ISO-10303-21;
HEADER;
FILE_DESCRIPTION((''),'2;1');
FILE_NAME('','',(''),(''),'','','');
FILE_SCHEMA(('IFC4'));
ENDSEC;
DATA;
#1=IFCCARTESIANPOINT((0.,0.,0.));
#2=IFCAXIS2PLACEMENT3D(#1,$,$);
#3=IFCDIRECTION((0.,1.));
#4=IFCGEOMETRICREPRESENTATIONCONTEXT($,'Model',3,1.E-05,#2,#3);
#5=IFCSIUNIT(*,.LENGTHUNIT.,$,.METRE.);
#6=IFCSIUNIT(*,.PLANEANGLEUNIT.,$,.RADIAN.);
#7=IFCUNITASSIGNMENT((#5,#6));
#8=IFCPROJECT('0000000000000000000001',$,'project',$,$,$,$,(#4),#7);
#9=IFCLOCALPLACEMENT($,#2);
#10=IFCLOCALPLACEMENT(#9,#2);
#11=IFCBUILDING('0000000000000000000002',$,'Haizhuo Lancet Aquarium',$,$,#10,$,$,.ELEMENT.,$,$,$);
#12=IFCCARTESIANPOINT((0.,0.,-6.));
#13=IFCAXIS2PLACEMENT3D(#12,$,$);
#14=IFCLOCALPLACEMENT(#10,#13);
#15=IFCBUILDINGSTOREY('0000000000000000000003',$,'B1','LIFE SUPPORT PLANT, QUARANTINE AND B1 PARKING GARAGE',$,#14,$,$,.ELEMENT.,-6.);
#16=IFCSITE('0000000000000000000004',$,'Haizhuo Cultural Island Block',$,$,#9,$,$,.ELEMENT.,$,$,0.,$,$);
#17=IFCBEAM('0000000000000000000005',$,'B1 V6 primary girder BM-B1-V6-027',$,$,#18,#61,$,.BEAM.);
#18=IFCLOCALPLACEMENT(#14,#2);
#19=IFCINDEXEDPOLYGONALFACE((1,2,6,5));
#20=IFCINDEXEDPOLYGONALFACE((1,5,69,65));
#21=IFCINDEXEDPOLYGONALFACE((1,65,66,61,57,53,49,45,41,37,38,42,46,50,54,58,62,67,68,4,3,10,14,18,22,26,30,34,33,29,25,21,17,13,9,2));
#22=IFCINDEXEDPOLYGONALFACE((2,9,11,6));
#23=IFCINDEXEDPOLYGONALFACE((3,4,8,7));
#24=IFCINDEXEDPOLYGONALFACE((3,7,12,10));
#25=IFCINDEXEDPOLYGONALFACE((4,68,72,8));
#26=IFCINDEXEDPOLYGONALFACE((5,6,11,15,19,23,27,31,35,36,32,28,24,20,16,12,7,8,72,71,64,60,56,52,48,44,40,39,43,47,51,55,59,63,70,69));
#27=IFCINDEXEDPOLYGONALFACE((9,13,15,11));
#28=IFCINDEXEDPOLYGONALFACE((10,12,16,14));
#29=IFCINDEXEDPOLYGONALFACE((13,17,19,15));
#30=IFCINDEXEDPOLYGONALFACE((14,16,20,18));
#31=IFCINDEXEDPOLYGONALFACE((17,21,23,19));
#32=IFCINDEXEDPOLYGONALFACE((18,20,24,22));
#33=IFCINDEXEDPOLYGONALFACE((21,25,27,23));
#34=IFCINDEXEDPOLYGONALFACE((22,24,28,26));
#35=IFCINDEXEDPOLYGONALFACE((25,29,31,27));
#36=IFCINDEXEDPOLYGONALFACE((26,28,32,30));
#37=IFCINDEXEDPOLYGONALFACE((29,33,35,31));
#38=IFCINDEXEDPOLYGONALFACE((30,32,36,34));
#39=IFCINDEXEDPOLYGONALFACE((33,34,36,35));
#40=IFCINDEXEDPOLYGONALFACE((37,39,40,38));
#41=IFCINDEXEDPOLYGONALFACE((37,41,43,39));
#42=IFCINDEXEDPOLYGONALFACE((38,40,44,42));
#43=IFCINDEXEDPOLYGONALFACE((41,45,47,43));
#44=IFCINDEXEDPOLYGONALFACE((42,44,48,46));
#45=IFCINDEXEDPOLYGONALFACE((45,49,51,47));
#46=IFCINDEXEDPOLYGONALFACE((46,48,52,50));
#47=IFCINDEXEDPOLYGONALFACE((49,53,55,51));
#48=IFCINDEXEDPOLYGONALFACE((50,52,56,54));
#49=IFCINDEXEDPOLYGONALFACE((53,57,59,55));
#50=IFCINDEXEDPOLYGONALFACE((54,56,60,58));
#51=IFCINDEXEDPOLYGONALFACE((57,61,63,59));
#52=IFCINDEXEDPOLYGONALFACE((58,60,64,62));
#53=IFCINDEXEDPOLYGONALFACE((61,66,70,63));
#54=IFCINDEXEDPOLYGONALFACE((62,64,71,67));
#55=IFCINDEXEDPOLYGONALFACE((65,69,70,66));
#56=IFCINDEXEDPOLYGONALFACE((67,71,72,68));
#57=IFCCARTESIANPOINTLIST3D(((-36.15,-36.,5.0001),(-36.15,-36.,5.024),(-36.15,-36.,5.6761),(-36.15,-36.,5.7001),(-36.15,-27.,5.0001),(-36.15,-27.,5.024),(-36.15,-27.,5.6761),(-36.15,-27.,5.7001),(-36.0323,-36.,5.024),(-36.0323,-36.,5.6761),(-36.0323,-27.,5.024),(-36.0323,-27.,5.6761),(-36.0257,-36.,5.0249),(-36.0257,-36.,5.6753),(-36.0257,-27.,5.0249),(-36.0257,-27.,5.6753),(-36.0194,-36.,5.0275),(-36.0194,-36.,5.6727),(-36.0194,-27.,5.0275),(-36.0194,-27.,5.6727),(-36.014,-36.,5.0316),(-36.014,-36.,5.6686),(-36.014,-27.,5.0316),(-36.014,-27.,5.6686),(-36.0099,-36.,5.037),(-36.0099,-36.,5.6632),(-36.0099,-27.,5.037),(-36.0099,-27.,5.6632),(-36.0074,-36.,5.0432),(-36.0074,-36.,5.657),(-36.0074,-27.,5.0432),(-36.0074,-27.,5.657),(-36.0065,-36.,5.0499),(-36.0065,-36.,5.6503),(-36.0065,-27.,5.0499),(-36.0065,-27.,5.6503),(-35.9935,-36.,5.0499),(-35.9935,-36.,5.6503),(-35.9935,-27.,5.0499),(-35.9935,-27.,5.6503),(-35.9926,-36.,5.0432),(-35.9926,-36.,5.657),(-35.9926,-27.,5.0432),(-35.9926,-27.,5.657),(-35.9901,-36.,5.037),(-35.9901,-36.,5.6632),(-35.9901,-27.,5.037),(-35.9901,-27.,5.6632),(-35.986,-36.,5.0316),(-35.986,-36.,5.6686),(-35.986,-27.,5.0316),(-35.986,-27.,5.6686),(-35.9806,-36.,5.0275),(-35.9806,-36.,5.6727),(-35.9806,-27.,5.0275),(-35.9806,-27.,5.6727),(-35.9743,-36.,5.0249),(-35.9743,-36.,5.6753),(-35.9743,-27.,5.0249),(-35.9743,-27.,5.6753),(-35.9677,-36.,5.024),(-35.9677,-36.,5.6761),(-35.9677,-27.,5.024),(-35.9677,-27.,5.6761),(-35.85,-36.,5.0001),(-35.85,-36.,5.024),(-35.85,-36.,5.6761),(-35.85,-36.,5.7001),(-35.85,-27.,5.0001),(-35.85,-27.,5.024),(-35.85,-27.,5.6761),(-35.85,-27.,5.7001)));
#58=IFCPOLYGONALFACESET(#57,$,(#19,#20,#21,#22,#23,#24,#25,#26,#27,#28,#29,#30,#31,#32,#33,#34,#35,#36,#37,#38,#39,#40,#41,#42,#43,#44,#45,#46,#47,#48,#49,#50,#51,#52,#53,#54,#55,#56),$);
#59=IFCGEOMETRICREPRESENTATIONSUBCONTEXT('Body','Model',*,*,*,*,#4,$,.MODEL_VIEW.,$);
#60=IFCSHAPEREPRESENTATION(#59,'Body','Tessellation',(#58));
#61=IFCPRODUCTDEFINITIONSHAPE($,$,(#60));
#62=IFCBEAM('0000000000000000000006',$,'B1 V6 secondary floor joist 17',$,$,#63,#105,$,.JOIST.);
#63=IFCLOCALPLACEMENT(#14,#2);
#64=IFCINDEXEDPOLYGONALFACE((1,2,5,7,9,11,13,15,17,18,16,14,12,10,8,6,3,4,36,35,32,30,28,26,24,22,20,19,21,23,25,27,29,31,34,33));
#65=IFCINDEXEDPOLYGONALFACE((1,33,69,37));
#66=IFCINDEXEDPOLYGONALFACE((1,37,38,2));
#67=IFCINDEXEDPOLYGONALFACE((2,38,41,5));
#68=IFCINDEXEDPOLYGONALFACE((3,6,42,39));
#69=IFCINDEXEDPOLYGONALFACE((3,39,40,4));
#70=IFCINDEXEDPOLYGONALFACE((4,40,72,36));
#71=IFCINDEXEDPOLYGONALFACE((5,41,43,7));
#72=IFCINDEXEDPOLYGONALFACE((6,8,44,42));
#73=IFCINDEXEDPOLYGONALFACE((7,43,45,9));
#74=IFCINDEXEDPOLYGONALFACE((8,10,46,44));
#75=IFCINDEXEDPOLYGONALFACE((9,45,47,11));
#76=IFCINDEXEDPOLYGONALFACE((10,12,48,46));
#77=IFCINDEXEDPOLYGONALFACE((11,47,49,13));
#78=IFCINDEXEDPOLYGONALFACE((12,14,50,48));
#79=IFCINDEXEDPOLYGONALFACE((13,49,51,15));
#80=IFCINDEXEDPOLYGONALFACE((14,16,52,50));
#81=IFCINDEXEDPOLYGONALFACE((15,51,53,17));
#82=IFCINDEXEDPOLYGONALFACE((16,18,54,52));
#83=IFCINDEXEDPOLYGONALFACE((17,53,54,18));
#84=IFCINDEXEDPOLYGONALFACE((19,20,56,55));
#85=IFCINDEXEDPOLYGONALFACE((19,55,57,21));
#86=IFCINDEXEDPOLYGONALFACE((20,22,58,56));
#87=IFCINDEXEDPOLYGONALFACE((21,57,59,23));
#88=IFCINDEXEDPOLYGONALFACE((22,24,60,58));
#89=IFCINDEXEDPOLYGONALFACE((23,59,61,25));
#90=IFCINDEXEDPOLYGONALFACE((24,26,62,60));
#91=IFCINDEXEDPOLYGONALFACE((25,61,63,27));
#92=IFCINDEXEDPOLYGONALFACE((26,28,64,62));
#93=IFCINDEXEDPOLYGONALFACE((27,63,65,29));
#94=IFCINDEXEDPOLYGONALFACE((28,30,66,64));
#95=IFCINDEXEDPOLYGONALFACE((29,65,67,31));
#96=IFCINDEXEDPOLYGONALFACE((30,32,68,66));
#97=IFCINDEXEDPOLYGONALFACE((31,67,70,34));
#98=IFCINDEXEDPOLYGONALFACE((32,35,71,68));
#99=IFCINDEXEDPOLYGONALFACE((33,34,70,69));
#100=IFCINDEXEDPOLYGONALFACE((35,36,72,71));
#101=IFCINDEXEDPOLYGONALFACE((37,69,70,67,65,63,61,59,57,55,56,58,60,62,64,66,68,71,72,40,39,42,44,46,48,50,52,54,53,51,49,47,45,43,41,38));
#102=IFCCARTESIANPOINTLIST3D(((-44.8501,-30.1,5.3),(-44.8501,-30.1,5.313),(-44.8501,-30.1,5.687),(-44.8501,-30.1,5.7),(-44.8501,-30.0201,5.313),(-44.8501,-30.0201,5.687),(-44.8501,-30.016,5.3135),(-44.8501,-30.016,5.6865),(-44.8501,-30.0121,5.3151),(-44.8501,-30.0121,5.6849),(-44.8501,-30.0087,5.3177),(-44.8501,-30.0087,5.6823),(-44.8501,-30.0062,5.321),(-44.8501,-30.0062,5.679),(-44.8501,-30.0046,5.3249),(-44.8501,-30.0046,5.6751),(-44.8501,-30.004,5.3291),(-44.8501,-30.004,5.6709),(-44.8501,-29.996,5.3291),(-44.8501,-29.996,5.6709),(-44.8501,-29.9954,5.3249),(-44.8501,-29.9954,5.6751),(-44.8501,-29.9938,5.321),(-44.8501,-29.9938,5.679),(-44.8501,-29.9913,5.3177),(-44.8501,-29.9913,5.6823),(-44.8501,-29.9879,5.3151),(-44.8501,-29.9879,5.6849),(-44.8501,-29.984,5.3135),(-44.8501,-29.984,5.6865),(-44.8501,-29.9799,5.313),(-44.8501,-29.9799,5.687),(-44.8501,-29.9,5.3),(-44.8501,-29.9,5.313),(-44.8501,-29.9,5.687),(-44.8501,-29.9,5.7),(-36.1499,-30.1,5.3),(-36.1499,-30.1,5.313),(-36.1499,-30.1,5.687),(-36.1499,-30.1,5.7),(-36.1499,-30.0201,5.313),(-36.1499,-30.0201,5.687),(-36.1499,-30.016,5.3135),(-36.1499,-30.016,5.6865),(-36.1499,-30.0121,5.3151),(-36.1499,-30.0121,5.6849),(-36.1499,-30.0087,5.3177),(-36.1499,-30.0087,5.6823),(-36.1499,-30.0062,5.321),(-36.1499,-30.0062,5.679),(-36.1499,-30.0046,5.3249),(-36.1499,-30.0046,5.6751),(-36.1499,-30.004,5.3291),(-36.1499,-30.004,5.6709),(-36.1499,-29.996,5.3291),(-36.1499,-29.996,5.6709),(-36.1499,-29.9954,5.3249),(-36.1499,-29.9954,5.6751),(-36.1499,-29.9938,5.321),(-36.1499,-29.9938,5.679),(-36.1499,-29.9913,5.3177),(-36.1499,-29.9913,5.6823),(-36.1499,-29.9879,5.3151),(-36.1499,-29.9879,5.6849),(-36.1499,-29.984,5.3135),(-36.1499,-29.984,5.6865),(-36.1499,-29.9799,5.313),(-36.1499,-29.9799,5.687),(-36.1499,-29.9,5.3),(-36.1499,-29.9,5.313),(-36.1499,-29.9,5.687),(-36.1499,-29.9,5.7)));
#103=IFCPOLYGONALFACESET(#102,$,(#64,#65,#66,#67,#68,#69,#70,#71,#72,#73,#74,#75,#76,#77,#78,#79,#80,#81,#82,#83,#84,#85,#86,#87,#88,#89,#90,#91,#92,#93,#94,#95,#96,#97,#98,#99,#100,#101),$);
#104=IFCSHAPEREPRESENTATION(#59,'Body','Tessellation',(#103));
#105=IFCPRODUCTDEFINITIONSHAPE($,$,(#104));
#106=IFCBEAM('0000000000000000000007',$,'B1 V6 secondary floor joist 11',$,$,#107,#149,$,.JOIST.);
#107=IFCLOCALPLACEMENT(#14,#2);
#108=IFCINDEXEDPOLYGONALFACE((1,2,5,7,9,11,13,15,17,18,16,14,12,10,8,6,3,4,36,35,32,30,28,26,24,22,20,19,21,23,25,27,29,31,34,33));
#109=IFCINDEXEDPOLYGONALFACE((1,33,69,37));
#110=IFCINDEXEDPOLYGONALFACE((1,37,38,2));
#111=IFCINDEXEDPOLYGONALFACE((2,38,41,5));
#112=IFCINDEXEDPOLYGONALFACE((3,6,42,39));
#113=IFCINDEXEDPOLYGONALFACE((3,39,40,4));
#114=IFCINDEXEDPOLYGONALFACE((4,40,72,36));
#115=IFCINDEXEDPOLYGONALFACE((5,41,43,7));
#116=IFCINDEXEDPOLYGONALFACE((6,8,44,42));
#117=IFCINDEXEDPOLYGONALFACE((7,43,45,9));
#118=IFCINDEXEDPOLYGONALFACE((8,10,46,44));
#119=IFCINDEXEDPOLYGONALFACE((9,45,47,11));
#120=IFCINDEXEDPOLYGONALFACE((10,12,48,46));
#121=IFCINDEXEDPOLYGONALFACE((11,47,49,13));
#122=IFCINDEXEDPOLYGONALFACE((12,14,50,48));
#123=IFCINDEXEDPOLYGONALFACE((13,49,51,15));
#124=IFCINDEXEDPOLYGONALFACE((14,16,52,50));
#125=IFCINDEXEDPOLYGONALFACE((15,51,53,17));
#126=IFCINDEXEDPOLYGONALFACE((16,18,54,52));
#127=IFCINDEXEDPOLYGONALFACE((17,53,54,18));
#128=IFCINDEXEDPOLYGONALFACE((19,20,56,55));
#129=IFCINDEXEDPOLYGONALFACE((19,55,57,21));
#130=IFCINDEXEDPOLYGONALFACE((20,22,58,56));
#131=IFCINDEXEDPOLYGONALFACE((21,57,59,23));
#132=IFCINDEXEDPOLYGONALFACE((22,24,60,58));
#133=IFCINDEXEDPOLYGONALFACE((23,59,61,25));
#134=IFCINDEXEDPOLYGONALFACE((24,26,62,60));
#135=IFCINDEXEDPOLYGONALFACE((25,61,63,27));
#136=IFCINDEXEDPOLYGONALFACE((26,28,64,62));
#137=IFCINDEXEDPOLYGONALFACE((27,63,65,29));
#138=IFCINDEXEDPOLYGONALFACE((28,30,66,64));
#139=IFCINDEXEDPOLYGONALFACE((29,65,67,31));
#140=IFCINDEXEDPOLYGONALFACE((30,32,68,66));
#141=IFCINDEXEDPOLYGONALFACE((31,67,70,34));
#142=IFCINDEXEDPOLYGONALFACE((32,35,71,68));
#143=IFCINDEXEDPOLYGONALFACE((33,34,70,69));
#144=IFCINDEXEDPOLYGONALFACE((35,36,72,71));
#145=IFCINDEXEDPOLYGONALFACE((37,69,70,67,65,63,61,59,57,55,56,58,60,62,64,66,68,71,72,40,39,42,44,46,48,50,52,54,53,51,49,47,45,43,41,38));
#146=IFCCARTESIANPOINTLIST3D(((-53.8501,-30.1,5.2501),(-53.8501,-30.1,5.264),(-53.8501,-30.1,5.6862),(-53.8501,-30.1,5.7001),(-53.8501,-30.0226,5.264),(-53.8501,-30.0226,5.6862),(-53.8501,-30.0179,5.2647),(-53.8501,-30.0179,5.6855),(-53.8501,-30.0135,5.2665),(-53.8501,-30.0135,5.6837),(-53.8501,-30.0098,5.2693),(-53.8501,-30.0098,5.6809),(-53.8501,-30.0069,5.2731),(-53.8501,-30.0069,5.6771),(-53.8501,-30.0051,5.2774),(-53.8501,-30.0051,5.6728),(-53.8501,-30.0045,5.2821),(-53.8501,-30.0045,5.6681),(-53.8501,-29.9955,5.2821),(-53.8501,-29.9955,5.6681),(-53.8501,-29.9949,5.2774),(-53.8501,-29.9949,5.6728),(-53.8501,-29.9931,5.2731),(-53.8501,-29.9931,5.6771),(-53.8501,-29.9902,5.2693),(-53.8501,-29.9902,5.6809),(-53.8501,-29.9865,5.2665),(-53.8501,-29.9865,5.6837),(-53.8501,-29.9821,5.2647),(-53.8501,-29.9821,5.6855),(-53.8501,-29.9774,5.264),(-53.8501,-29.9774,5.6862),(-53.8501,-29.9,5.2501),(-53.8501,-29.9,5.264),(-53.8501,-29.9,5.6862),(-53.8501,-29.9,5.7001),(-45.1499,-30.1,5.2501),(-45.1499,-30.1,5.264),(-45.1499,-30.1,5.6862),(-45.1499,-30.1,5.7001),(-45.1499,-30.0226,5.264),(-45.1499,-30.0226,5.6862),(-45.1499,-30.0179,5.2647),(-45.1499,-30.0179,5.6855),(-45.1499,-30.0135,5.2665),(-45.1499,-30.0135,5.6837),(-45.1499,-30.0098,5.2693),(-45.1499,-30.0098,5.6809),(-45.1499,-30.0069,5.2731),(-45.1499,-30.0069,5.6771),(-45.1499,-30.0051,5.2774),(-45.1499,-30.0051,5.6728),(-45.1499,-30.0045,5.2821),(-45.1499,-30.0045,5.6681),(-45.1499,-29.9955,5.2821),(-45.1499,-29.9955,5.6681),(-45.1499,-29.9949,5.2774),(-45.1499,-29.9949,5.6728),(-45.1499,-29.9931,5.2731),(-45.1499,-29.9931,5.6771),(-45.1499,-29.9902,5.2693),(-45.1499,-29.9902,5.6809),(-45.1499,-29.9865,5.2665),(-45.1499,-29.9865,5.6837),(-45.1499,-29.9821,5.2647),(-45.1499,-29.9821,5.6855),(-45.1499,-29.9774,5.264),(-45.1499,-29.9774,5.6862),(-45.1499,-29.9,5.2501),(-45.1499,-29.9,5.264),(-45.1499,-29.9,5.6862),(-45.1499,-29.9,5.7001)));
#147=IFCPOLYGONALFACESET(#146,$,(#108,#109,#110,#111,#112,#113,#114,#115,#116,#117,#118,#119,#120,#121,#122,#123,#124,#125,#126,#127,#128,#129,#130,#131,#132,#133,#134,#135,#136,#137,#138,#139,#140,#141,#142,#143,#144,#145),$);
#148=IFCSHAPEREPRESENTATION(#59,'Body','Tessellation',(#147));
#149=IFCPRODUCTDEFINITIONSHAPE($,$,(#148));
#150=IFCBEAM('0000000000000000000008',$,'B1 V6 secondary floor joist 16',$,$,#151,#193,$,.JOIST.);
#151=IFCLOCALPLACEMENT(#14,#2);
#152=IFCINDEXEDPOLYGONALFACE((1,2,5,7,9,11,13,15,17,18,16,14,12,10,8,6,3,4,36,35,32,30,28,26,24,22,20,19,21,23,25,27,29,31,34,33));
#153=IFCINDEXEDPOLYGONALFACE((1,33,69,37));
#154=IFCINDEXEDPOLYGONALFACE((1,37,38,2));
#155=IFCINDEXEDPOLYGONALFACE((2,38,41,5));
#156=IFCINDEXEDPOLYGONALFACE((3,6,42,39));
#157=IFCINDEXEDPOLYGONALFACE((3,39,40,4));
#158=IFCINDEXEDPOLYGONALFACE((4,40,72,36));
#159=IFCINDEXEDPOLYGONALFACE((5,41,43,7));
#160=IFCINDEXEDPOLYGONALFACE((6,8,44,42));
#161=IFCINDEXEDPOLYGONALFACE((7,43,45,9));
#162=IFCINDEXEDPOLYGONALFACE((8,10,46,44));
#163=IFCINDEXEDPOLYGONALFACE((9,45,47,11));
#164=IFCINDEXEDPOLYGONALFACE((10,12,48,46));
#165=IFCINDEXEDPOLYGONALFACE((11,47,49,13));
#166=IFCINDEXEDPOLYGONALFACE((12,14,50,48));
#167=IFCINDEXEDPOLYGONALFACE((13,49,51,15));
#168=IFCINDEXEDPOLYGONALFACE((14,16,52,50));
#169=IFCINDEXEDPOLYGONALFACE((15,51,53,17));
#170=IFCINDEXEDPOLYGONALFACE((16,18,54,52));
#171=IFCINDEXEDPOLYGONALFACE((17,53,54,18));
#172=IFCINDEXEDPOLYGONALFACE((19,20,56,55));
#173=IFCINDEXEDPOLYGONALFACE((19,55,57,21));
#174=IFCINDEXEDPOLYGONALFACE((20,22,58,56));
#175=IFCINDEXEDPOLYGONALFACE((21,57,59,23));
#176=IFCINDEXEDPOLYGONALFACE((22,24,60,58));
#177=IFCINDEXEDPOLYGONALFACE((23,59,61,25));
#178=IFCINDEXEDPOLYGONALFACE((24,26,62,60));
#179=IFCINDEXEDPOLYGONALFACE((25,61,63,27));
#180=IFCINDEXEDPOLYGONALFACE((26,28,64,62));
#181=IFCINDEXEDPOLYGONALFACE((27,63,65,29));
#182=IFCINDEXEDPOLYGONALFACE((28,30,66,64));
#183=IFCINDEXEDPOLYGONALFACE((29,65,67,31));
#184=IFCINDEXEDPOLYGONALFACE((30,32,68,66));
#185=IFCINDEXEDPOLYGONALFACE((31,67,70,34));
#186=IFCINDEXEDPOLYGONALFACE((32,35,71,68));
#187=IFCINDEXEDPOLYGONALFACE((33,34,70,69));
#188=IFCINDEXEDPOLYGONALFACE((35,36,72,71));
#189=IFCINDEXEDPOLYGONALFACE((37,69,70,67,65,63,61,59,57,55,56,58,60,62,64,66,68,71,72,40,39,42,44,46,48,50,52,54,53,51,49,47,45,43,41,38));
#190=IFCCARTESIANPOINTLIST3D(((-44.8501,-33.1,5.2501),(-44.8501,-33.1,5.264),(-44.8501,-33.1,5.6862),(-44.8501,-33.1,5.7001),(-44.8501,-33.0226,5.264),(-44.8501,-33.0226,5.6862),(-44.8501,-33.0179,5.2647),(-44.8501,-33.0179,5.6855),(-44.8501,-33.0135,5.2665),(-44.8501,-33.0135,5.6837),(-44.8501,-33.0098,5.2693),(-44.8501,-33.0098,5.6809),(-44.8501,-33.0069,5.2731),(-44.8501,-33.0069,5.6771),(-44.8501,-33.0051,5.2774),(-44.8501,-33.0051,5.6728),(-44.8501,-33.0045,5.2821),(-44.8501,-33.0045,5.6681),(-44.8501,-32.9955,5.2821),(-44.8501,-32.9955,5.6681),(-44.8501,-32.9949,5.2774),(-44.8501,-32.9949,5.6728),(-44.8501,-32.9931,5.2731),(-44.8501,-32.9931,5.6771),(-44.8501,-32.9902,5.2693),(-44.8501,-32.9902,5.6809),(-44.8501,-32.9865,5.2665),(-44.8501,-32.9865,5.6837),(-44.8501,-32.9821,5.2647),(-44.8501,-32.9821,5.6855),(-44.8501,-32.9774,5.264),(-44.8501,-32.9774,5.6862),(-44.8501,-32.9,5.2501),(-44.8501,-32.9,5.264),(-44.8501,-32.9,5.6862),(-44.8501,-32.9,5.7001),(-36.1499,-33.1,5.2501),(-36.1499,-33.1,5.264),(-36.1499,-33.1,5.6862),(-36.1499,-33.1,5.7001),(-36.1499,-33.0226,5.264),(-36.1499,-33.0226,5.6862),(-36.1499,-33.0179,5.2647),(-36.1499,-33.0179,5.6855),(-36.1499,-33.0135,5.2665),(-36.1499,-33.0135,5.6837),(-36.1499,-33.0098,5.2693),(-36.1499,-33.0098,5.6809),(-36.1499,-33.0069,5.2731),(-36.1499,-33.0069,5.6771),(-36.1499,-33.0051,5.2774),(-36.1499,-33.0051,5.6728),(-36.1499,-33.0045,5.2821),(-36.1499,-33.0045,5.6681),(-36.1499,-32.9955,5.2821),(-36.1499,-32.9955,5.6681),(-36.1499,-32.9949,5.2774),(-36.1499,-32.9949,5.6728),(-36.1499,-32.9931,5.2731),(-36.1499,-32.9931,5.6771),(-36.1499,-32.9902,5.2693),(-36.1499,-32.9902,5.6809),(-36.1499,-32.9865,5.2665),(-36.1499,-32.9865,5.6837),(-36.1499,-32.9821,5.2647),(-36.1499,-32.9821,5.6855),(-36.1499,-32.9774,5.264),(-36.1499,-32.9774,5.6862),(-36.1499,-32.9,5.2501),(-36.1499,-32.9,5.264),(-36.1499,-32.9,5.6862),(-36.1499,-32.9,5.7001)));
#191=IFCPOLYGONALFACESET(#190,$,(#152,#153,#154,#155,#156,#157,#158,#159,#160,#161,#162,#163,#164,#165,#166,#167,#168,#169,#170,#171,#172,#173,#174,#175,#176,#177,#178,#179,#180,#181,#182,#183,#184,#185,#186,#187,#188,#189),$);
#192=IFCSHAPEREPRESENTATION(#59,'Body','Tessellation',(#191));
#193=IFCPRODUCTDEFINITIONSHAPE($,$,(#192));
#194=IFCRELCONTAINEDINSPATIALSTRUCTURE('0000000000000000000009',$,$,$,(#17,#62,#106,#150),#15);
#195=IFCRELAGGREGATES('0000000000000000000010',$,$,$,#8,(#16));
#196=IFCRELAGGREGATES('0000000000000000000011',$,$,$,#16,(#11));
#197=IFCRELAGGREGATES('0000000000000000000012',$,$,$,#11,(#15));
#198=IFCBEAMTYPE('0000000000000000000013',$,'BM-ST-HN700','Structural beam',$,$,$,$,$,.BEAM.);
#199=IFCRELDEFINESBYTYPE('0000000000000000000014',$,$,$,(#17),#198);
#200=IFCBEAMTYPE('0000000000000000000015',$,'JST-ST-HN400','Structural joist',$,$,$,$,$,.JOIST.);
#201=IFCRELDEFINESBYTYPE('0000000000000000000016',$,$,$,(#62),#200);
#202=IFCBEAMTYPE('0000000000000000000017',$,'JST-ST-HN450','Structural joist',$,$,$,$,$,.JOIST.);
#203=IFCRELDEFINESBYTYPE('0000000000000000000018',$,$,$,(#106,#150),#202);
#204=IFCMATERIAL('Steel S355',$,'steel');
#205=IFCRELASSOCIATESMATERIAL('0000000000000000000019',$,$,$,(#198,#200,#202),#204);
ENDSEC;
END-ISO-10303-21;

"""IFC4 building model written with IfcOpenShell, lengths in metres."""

from ifc_helpers import new_model, si_unit, direction, frame, origin, origin_2d, place, context, subcontext, project, spatial, i_section, extrude, material, material_profile, profile_set, type_object, element, save


model = new_model("IFC4")

# Units and contexts
model_context = context("Model", 3, precision=1e-05, world=origin(), true_north=direction((0.0, 1.0)))
body_context = subcontext(model_context, "Body", "Model", "MODEL_VIEW")
ifc_project = project(units=[si_unit("LENGTHUNIT", "METRE"), si_unit("PLANEANGLEUNIT", "RADIAN")], contexts=[model_context])

# Site, building, storey
site_placement = place(None, origin())
site = spatial("IfcSite", under=ifc_project, at=site_placement, Name="Haizhuo Cultural Island Block", CompositionType="ELEMENT", RefElevation=0.0)
building_placement = place(site_placement, origin())
building = spatial("IfcBuilding", under=site, at=building_placement, Name="Haizhuo Lancet Aquarium", CompositionType="ELEMENT")
storey_placement = place(building_placement, frame((0.0, 0.0, -6.0)))
storey = spatial("IfcBuildingStorey", under=building, at=storey_placement, Name="B1", Description="LIFE SUPPORT PLANT, QUARANTINE AND B1 PARKING GARAGE", CompositionType="ELEMENT", Elevation=-6.0)

# Beams
ifc_material_1 = material(Name="Steel S355", Category="steel")
ifc_material_profile_1 = material_profile(ifc_material_1, i_section(OverallWidth=0.3, OverallDepth=0.7, WebThickness=0.0129, FlangeThickness=0.0239, FilletRadius=0.0259, at=origin_2d()), Name="HN 700x300x13x24")
ifc_profile_set_1 = profile_set([ifc_material_profile_1], Name="Steel S355")
beam_type_1 = type_object("IfcBeamType", Name="BM-ST-HN700", Description="Structural beam", PredefinedType="BEAM", material=ifc_profile_set_1)
for number, where, z_axis, x_axis, name in (
    (1, (-36.0, -36.0, 5.3501), (0.0, 1.0, 0.0), (-1.0, 0.0, 0.0), "B1 V6 primary girder BM-B1-V6-027"),
):
    element("IfcBeam", number, at=place(storey_placement, frame(where, z_axis=z_axis, x_axis=x_axis)), inside=storey, type_object=beam_type_1, Name=name, PredefinedType="BEAM", context=body_context, shape_type="SweptSolid", body=[
        extrude(i_section(OverallWidth=0.3, OverallDepth=0.7, WebThickness=0.0129, FlangeThickness=0.0239, FilletRadius=0.0259, at=origin_2d()), origin(), (0.0, 0.0, 1.0), 9.0),
    ])
ifc_material_profile_2 = material_profile(ifc_material_1, i_section(OverallWidth=0.2, OverallDepth=0.3999, WebThickness=0.0081, FlangeThickness=0.0129, FilletRadius=0.0161, at=origin_2d()), Name="HN 400x200x8x13")
ifc_profile_set_2 = profile_set([ifc_material_profile_2], Name="Steel S355")
beam_type_2 = type_object("IfcBeamType", Name="JST-ST-HN400", Description="Structural joist", PredefinedType="JOIST", material=ifc_profile_set_2)
beam_1_placement = place(storey_placement, frame((-44.8501, -30.0, 5.5), z_axis=(1.0, 0.0, 0.0), x_axis=(0.0, 1.0, 0.0)))
element("IfcBeam", 2, at=beam_1_placement, inside=storey, type_object=beam_type_2, Name="B1 V6 secondary floor joist 17", PredefinedType="JOIST", context=body_context, shape_type="SweptSolid", body=[
    extrude(i_section(OverallWidth=0.2, OverallDepth=0.3999, WebThickness=0.0081, FlangeThickness=0.0129, FilletRadius=0.0161, at=origin_2d()), origin(), (0.0, 0.0, 1.0), 8.7002),
])
ifc_material_profile_3 = material_profile(ifc_material_1, i_section(OverallWidth=0.2, OverallDepth=0.45, WebThickness=0.009, FlangeThickness=0.0139, FilletRadius=0.0181, at=origin_2d()), Name="HN 450x200x9x14")
ifc_profile_set_3 = profile_set([ifc_material_profile_3], Name="Steel S355")
beam_type_3 = type_object("IfcBeamType", Name="JST-ST-HN450", Description="Structural joist", PredefinedType="JOIST", material=ifc_profile_set_3)
for number, where, z_axis, x_axis, name in (
    (3, (-53.8501, -30.0, 5.4751), (1.0, 0.0, 0.0), (0.0, 1.0, 0.0), "B1 V6 secondary floor joist 11"),
    (4, (-44.8501, -33.0, 5.4751), (1.0, 0.0, 0.0), (0.0, 1.0, 0.0), "B1 V6 secondary floor joist 16"),
):
    element("IfcBeam", number, at=place(storey_placement, frame(where, z_axis=z_axis, x_axis=x_axis)), inside=storey, type_object=beam_type_3, Name=name, PredefinedType="JOIST", context=body_context, shape_type="SweptSolid", body=[
        extrude(i_section(OverallWidth=0.2, OverallDepth=0.45, WebThickness=0.009, FlangeThickness=0.0139, FilletRadius=0.0181, at=origin_2d()), origin(), (0.0, 0.0, 1.0), 8.7002),
    ])

save(model, "model.ifc")
